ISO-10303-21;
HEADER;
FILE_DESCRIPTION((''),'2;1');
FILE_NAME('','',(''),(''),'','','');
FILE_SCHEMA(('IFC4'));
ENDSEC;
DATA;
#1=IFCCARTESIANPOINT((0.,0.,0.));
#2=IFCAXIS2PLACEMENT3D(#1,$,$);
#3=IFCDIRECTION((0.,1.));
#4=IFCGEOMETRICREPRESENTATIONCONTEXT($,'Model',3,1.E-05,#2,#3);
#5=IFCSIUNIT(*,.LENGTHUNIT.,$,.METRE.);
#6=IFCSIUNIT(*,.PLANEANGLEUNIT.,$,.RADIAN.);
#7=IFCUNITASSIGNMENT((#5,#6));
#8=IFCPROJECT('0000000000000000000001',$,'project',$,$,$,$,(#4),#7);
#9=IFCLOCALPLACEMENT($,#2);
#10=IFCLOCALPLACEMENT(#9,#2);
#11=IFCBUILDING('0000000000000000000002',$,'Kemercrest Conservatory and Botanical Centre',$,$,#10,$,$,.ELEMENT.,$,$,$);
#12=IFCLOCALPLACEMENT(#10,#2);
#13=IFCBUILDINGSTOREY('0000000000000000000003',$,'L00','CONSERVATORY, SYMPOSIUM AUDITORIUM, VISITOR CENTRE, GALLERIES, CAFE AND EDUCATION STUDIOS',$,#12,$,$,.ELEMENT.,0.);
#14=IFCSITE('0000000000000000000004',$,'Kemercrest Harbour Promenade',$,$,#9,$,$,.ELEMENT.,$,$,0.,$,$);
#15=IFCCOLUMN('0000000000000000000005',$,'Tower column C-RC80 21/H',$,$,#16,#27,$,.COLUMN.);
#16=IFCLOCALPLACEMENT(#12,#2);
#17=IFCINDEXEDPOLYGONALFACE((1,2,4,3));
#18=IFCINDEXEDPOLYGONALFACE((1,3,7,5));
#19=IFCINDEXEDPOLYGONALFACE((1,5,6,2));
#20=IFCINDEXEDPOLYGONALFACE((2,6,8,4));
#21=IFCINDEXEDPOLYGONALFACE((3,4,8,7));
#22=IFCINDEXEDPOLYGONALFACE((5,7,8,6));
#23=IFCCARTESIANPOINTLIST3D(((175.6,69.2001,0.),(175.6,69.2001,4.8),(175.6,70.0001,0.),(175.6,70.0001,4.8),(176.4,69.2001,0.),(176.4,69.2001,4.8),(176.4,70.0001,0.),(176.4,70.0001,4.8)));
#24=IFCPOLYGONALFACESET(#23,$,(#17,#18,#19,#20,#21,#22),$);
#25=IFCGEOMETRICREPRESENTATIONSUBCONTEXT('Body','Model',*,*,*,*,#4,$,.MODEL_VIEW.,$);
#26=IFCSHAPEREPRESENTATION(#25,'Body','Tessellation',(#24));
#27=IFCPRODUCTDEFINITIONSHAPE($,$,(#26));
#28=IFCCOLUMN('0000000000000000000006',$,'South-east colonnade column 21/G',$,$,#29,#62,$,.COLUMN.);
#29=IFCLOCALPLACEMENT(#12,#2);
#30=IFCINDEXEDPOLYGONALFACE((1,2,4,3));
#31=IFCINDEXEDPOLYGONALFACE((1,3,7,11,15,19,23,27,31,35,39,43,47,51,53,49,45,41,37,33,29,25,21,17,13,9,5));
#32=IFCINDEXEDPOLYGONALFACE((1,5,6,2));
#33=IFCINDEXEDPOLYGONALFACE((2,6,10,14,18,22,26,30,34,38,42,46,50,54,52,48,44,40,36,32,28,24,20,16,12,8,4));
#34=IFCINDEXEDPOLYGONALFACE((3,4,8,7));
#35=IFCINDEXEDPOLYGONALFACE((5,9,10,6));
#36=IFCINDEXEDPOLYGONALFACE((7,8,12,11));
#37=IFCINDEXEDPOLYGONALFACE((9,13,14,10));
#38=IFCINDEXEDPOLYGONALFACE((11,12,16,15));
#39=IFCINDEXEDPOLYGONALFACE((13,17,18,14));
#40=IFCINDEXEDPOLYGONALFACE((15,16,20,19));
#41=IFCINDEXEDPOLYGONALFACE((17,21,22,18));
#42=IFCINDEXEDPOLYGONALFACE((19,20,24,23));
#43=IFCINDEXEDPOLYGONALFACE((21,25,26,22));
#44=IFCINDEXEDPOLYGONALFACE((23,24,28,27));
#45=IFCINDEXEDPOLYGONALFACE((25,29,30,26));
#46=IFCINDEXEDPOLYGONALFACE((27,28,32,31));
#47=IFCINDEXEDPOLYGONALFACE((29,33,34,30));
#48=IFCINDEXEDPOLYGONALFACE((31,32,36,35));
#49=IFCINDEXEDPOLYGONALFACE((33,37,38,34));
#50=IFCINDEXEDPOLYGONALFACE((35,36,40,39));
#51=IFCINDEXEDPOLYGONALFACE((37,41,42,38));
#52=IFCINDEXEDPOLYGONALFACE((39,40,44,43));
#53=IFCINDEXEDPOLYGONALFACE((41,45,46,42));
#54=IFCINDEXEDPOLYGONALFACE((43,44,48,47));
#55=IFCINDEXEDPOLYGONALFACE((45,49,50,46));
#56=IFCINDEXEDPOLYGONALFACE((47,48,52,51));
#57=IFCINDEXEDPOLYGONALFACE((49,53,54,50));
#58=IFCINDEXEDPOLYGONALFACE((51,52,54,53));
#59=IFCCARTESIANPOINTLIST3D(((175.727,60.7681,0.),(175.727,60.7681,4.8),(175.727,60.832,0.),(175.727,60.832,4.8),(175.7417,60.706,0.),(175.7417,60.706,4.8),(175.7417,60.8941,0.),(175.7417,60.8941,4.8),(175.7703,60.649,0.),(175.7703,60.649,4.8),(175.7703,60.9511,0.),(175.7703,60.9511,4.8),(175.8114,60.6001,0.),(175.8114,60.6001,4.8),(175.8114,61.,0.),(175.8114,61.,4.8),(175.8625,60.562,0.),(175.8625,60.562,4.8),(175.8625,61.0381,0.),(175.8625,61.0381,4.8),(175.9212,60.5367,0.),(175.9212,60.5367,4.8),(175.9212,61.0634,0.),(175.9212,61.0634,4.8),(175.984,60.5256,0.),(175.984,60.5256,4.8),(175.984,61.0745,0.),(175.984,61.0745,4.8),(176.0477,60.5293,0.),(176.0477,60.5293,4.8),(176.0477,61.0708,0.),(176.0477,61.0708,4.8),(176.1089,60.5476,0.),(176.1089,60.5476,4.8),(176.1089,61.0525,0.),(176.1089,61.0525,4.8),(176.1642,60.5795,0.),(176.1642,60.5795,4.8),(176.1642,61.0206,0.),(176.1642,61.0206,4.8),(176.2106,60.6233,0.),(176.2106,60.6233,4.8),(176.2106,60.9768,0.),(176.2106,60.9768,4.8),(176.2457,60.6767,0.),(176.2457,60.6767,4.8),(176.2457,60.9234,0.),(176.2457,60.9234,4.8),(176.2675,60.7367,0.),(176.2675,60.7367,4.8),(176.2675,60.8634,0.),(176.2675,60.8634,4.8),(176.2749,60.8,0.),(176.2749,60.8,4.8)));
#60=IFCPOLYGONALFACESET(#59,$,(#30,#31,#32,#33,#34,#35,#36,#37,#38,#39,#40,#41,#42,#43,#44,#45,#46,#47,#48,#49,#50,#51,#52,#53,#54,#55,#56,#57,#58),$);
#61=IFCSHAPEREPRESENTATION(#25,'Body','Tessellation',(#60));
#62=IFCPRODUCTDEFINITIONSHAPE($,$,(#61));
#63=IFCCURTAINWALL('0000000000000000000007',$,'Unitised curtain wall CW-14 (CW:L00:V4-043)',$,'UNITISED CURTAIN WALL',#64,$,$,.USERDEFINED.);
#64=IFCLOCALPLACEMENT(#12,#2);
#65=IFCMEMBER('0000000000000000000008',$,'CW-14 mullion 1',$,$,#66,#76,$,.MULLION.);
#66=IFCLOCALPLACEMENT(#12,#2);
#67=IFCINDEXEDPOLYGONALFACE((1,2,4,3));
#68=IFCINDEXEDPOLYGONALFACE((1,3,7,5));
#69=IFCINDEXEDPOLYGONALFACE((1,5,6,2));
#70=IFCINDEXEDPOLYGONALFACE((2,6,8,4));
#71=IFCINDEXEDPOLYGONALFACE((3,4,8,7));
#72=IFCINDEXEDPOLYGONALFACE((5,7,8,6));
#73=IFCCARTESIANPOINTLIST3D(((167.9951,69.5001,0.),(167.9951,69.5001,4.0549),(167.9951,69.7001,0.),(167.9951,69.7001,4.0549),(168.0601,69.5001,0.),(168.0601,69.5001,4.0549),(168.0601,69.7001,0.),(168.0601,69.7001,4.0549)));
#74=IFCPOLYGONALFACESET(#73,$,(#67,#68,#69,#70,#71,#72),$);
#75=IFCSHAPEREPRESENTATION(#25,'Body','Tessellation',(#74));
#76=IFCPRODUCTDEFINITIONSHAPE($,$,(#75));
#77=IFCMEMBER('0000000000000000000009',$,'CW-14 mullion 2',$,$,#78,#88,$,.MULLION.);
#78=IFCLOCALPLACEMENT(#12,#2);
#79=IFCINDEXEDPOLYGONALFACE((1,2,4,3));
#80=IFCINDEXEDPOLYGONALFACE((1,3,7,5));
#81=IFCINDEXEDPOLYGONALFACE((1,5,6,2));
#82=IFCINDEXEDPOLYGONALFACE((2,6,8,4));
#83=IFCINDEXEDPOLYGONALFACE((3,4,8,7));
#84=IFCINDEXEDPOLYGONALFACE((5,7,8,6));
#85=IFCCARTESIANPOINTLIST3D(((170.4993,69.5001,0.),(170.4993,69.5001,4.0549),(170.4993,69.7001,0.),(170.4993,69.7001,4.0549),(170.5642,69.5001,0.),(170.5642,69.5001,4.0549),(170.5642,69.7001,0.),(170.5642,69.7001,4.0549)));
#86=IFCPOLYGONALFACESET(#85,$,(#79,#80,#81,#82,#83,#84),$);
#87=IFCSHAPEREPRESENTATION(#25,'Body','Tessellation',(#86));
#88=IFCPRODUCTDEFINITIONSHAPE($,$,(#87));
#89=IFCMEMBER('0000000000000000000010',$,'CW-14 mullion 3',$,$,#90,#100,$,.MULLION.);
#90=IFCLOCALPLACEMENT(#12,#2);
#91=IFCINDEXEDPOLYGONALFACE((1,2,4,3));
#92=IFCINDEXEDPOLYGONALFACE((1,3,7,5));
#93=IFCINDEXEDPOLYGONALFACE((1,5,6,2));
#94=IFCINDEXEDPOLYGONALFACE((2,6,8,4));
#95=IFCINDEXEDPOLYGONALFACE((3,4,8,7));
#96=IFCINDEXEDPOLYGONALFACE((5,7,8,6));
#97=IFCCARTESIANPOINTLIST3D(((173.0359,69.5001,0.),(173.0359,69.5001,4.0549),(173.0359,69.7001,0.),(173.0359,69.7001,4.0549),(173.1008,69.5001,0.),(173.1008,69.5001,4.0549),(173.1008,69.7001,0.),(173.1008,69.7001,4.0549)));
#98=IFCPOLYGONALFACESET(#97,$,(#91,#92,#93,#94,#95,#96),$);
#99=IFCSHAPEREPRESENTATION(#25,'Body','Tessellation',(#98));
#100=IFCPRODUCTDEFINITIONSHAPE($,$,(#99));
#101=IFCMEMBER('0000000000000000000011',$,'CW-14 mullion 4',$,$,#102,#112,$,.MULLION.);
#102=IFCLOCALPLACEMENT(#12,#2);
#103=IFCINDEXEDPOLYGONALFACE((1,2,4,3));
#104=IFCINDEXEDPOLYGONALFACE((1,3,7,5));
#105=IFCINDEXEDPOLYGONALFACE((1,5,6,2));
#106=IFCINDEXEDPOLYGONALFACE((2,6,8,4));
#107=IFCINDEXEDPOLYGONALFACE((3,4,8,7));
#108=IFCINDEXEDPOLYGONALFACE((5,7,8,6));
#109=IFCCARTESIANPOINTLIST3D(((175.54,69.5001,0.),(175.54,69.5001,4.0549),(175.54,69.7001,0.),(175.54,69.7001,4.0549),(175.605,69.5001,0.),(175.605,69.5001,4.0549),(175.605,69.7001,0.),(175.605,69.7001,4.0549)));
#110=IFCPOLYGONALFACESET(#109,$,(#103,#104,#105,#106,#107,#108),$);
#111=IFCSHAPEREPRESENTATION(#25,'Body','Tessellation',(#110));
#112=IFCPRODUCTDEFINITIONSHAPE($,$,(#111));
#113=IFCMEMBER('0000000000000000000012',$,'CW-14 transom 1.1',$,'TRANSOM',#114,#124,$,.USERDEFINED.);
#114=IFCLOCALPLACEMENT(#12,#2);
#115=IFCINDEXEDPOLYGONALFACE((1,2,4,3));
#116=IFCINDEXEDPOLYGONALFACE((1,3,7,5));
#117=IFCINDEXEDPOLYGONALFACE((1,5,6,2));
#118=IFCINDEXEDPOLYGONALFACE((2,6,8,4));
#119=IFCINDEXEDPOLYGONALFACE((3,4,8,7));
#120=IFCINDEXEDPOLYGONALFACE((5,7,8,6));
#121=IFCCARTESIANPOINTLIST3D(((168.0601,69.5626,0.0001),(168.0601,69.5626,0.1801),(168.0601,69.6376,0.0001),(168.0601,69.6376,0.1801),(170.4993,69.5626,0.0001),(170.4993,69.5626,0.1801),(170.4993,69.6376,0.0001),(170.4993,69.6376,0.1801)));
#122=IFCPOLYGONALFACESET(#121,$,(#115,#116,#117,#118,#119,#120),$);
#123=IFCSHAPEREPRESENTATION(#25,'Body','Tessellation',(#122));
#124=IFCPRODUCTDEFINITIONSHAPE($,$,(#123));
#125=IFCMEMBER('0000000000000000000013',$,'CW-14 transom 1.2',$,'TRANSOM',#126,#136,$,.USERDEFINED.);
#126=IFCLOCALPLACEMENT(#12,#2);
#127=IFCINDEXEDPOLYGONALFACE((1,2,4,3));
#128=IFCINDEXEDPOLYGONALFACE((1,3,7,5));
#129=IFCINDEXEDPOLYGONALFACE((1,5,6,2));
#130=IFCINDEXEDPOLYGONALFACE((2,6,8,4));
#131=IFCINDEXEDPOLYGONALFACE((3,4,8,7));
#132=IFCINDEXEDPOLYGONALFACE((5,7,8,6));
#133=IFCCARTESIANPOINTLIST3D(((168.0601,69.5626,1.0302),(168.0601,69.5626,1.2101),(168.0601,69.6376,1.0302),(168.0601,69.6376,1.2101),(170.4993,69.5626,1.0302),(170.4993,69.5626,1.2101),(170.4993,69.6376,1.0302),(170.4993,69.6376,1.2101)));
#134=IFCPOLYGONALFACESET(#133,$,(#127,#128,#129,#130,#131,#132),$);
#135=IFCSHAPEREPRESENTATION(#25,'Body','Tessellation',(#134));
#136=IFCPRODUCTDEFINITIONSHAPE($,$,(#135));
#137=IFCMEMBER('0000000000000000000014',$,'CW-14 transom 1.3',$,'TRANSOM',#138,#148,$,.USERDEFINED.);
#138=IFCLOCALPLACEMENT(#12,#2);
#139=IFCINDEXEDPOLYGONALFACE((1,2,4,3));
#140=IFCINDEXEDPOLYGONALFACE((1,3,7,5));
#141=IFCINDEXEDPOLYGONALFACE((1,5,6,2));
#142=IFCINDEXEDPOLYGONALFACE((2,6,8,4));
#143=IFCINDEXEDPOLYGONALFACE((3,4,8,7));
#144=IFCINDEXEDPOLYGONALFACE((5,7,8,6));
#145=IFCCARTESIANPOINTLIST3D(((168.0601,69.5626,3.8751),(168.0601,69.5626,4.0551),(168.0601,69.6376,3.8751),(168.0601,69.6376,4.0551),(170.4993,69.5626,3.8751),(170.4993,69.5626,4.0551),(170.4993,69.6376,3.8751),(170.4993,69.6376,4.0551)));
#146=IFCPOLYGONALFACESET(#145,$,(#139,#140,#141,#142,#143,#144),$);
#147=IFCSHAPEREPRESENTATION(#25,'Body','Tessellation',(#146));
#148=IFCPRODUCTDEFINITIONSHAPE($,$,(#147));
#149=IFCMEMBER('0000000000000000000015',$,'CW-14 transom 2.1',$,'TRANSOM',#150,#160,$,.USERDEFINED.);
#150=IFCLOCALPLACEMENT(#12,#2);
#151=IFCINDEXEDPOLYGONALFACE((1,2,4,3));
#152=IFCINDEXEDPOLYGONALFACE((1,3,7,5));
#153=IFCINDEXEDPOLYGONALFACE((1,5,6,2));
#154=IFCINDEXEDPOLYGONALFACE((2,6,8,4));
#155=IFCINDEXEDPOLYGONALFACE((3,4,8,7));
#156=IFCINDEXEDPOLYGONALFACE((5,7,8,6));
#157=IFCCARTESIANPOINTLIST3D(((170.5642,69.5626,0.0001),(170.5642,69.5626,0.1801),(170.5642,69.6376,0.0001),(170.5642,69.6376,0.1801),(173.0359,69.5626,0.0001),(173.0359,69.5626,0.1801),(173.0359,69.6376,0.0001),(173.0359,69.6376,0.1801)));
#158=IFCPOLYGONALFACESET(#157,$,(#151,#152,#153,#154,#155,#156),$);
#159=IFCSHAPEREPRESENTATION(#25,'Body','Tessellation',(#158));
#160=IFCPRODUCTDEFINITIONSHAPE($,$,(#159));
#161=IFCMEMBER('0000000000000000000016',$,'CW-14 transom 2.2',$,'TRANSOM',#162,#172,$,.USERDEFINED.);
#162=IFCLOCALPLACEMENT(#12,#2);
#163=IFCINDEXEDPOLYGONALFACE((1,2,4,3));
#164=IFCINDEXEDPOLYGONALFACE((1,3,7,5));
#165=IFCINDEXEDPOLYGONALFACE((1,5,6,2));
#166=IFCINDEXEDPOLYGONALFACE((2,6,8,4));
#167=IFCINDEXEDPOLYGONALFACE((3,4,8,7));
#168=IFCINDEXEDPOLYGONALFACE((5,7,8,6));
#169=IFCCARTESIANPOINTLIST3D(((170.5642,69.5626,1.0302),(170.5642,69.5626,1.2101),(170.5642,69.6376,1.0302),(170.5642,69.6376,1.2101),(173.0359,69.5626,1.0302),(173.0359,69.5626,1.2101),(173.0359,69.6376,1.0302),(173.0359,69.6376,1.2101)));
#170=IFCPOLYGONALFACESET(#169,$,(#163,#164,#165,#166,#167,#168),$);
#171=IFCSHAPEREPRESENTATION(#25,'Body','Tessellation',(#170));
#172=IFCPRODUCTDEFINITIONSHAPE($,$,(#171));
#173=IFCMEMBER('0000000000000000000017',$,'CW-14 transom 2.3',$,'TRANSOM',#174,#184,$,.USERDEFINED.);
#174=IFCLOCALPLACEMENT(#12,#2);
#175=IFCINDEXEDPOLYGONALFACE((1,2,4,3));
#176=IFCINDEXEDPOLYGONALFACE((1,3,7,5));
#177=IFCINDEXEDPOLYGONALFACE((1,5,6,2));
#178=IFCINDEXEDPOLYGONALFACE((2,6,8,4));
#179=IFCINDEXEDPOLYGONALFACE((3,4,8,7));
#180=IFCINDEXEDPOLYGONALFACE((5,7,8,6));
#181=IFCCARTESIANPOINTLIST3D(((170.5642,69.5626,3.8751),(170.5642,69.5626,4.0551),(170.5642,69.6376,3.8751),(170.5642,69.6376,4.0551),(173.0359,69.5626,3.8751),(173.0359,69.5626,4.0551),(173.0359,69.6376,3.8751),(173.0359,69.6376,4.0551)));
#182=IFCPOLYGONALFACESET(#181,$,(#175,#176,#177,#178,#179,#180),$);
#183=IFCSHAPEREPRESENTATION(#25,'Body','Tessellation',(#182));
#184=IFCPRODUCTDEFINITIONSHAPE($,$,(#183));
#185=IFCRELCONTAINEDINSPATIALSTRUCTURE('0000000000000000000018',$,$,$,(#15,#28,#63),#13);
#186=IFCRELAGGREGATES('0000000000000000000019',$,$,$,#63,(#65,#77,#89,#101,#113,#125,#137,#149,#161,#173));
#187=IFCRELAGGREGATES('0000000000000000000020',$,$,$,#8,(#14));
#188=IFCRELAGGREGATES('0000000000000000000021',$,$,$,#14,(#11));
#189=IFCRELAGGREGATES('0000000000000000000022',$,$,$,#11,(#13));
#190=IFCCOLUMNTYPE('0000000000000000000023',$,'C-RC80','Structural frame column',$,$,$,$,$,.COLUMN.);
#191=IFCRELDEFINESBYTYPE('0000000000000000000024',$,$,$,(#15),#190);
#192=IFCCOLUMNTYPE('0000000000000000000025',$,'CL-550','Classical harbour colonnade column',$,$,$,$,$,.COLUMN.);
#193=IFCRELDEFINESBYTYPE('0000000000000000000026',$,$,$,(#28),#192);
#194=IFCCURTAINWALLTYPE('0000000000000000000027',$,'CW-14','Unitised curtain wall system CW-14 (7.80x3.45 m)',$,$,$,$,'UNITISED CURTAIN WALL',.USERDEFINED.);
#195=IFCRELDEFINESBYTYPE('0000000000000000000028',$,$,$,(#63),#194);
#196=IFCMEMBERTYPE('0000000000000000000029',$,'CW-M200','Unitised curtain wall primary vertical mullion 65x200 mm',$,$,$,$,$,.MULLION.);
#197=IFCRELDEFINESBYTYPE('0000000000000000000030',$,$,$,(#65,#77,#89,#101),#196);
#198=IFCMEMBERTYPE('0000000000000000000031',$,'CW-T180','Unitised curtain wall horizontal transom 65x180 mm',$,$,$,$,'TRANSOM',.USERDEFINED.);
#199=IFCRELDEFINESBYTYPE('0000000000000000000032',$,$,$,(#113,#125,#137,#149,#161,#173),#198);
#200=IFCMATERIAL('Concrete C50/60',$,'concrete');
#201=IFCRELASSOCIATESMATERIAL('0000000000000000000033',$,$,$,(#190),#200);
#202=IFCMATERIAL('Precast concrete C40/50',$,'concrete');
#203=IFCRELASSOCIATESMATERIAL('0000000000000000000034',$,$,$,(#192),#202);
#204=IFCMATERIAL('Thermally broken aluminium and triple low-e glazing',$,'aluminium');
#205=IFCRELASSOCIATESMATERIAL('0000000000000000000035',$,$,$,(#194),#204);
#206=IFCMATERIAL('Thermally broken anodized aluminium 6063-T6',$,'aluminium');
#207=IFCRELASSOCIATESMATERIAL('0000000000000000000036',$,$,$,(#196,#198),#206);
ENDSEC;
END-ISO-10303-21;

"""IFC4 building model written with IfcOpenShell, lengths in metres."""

from ifc_helpers import new_model, si_unit, direction, frame, origin, origin_2d, place, context, subcontext, project, spatial, rectangle, circle, extrude, material, material_profile, profile_set, type_object, element, aggregate, save


model = new_model("IFC4")

# Units and contexts
model_context = context("Model", 3, precision=1e-05, world=origin(), true_north=direction((0.0, 1.0)))
body_context = subcontext(model_context, "Body", "Model", "MODEL_VIEW")
ifc_project = project(units=[si_unit("LENGTHUNIT", "METRE"), si_unit("PLANEANGLEUNIT", "RADIAN")], contexts=[model_context])

# Site, building, storey
site_placement = place(None, origin())
site = spatial("IfcSite", under=ifc_project, at=site_placement, Name="Kemercrest Harbour Promenade", CompositionType="ELEMENT", RefElevation=0.0)
building_placement = place(site_placement, origin())
building = spatial("IfcBuilding", under=site, at=building_placement, Name="Kemercrest Conservatory and Botanical Centre", CompositionType="ELEMENT")
storey_placement = place(building_placement, origin())
storey = spatial("IfcBuildingStorey", under=building, at=storey_placement, Name="L00", Description="CONSERVATORY, SYMPOSIUM AUDITORIUM, VISITOR CENTRE, GALLERIES, CAFE AND EDUCATION STUDIOS", CompositionType="ELEMENT", Elevation=0.0)

# Columns
ifc_material_1 = material(Name="Concrete C50/60", Category="concrete")
ifc_material_profile_1 = material_profile(ifc_material_1, rectangle(XDim=0.8, YDim=0.8, at=origin_2d()), Name="RC 800x800")
ifc_profile_set_1 = profile_set([ifc_material_profile_1], Name="Concrete C50/60")
column_type_1 = type_object("IfcColumnType", Name="C-RC80", Description="Structural frame column", PredefinedType="COLUMN", material=ifc_profile_set_1)
column_1_placement = place(storey_placement, frame((176.0, 69.6001, 0.0), z_axis=(0.0, 0.0, 1.0), x_axis=(1.0, 0.0, 0.0)))
element("IfcColumn", 1, at=column_1_placement, inside=storey, type_object=column_type_1, Name="Tower column C-RC80 21/H", PredefinedType="COLUMN", context=body_context, shape_type="SweptSolid", body=[
    extrude(rectangle(XDim=0.8, YDim=0.8, at=origin_2d()), origin(), (0.0, 0.0, 1.0), 4.8),
])
ifc_material_2 = material(Name="Precast concrete C40/50", Category="concrete")
ifc_material_profile_2 = material_profile(ifc_material_2, circle(Radius=0.2749, at=origin_2d()), Name="COLONNADE D550")
ifc_profile_set_2 = profile_set([ifc_material_profile_2], Name="Precast concrete C40/50")
column_type_2 = type_object("IfcColumnType", Name="CL-550", Description="Classical harbour colonnade column", PredefinedType="COLUMN", material=ifc_profile_set_2)
column_2_placement = place(storey_placement, frame((176.0, 60.8, 0.0), z_axis=(0.0, 0.0, 1.0), x_axis=(1.0, 0.0, 0.0)))
element("IfcColumn", 2, at=column_2_placement, inside=storey, type_object=column_type_2, Name="South-east colonnade column 21/G", PredefinedType="COLUMN", context=body_context, shape_type="SweptSolid", body=[
    extrude(circle(Radius=0.2749, at=origin_2d()), origin(), (0.0, 0.0, 1.0), 4.8),
])

# Curtain wall, members
ifc_material_3 = material(Name="Thermally broken aluminium and triple low-e glazing", Category="aluminium")
curtain_wall_type = type_object("IfcCurtainWallType", Name="CW-14", Description="Unitised curtain wall system CW-14 (7.80x3.45 m)", ElementType="UNITISED CURTAIN WALL", PredefinedType="USERDEFINED", material=ifc_material_3)
curtain_wall_placement = place(storey_placement, origin())
curtain_wall = element("IfcCurtainWall", 3, at=curtain_wall_placement, inside=storey, type_object=curtain_wall_type, Name="Unitised curtain wall CW-14 (CW:L00:V4-043)", ObjectType="UNITISED CURTAIN WALL", PredefinedType="USERDEFINED")
ifc_material_4 = material(Name="Thermally broken anodized aluminium 6063-T6", Category="aluminium")
ifc_material_profile_3 = material_profile(ifc_material_4, rectangle(XDim=0.2, YDim=0.0649, at=origin_2d()), Name="AL MULLION 65x200")
ifc_profile_set_3 = profile_set([ifc_material_profile_3], Name="Thermally broken anodized aluminium 6063-T6")
member_type_1 = type_object("IfcMemberType", Name="CW-M200", Description="Unitised curtain wall primary vertical mullion 65x200 mm", PredefinedType="MULLION", material=ifc_profile_set_3)
member_1_placement = place(storey_placement, frame((168.0276, 69.6001, 0.0), z_axis=(0.0, 0.0, 1.0), x_axis=(0.0, 1.0, 0.0)))
member_1 = element("IfcMember", 4, at=member_1_placement, type_object=member_type_1, Name="CW-14 mullion 1", PredefinedType="MULLION", context=body_context, shape_type="SweptSolid", body=[
    extrude(rectangle(XDim=0.2, YDim=0.0649, at=origin_2d()), origin(), (0.0, 0.0, 1.0), 4.0549),
])
member_2_placement = place(storey_placement, frame((170.5317, 69.6001, 0.0), z_axis=(0.0, 0.0, 1.0), x_axis=(0.0, 1.0, 0.0)))
member_2 = element("IfcMember", 5, at=member_2_placement, type_object=member_type_1, Name="CW-14 mullion 2", PredefinedType="MULLION", context=body_context, shape_type="SweptSolid", body=[
    extrude(rectangle(XDim=0.2, YDim=0.0649, at=origin_2d()), origin(), (0.0, 0.0, 1.0), 4.0549),
])
member_3_placement = place(storey_placement, frame((173.0684, 69.6001, 0.0), z_axis=(0.0, 0.0, 1.0), x_axis=(0.0, 1.0, 0.0)))
member_3 = element("IfcMember", 6, at=member_3_placement, type_object=member_type_1, Name="CW-14 mullion 3", PredefinedType="MULLION", context=body_context, shape_type="SweptSolid", body=[
    extrude(rectangle(XDim=0.2, YDim=0.0649, at=origin_2d()), origin(), (0.0, 0.0, 1.0), 4.0549),
])
member_4_placement = place(storey_placement, frame((175.5725, 69.6001, 0.0), z_axis=(0.0, 0.0, 1.0), x_axis=(0.0, 1.0, 0.0)))
member_4 = element("IfcMember", 7, at=member_4_placement, type_object=member_type_1, Name="CW-14 mullion 4", PredefinedType="MULLION", context=body_context, shape_type="SweptSolid", body=[
    extrude(rectangle(XDim=0.2, YDim=0.0649, at=origin_2d()), origin(), (0.0, 0.0, 1.0), 4.0549),
])
ifc_material_profile_4 = material_profile(ifc_material_4, rectangle(XDim=0.075, YDim=0.1799, at=origin_2d()), Name="AL TRANSOM 75x180")
ifc_profile_set_4 = profile_set([ifc_material_profile_4], Name="Thermally broken anodized aluminium 6063-T6")
member_type_2 = type_object("IfcMemberType", Name="CW-T180", Description="Unitised curtain wall horizontal transom 65x180 mm", ElementType="TRANSOM", PredefinedType="USERDEFINED", material=ifc_profile_set_4)
member_5_placement = place(storey_placement, frame((168.0601, 69.6001, 0.0901), z_axis=(1.0, 0.0, 0.0), x_axis=(0.0, 1.0, 0.0)))
member_5 = element("IfcMember", 8, at=member_5_placement, type_object=member_type_2, Name="CW-14 transom 1.1", ObjectType="TRANSOM", PredefinedType="USERDEFINED", context=body_context, shape_type="SweptSolid", body=[
    extrude(rectangle(XDim=0.075, YDim=0.1799, at=origin_2d()), origin(), (0.0, 0.0, 1.0), 2.4392),
])
member_6_placement = place(storey_placement, frame((168.0601, 69.6001, 1.1201), z_axis=(1.0, 0.0, 0.0), x_axis=(0.0, 1.0, 0.0)))
member_6 = element("IfcMember", 9, at=member_6_placement, type_object=member_type_2, Name="CW-14 transom 1.2", ObjectType="TRANSOM", PredefinedType="USERDEFINED", context=body_context, shape_type="SweptSolid", body=[
    extrude(rectangle(XDim=0.075, YDim=0.1799, at=origin_2d()), origin(), (0.0, 0.0, 1.0), 2.4392),
])
member_7_placement = place(storey_placement, frame((168.0601, 69.6001, 3.9651), z_axis=(1.0, 0.0, 0.0), x_axis=(0.0, 1.0, 0.0)))
member_7 = element("IfcMember", 10, at=member_7_placement, type_object=member_type_2, Name="CW-14 transom 1.3", ObjectType="TRANSOM", PredefinedType="USERDEFINED", context=body_context, shape_type="SweptSolid", body=[
    extrude(rectangle(XDim=0.075, YDim=0.1799, at=origin_2d()), origin(), (0.0, 0.0, 1.0), 2.4392),
])
member_8_placement = place(storey_placement, frame((170.5642, 69.6001, 0.0901), z_axis=(1.0, 0.0, 0.0), x_axis=(0.0, 1.0, 0.0)))
member_8 = element("IfcMember", 11, at=member_8_placement, type_object=member_type_2, Name="CW-14 transom 2.1", ObjectType="TRANSOM", PredefinedType="USERDEFINED", context=body_context, shape_type="SweptSolid", body=[
    extrude(rectangle(XDim=0.075, YDim=0.1799, at=origin_2d()), origin(), (0.0, 0.0, 1.0), 2.4717),
])
member_9_placement = place(storey_placement, frame((170.5642, 69.6001, 1.1201), z_axis=(1.0, 0.0, 0.0), x_axis=(0.0, 1.0, 0.0)))
member_9 = element("IfcMember", 12, at=member_9_placement, type_object=member_type_2, Name="CW-14 transom 2.2", ObjectType="TRANSOM", PredefinedType="USERDEFINED", context=body_context, shape_type="SweptSolid", body=[
    extrude(rectangle(XDim=0.075, YDim=0.1799, at=origin_2d()), origin(), (0.0, 0.0, 1.0), 2.4717),
])
member_10_placement = place(storey_placement, frame((170.5642, 69.6001, 3.9651), z_axis=(1.0, 0.0, 0.0), x_axis=(0.0, 1.0, 0.0)))
member_10 = element("IfcMember", 13, at=member_10_placement, type_object=member_type_2, Name="CW-14 transom 2.3", ObjectType="TRANSOM", PredefinedType="USERDEFINED", context=body_context, shape_type="SweptSolid", body=[
    extrude(rectangle(XDim=0.075, YDim=0.1799, at=origin_2d()), origin(), (0.0, 0.0, 1.0), 2.4717),
])

aggregate(curtain_wall, [member_1, member_2, member_3, member_4, member_5, member_6, member_7, member_8, member_9, member_10])

save(model, "model.ifc")
